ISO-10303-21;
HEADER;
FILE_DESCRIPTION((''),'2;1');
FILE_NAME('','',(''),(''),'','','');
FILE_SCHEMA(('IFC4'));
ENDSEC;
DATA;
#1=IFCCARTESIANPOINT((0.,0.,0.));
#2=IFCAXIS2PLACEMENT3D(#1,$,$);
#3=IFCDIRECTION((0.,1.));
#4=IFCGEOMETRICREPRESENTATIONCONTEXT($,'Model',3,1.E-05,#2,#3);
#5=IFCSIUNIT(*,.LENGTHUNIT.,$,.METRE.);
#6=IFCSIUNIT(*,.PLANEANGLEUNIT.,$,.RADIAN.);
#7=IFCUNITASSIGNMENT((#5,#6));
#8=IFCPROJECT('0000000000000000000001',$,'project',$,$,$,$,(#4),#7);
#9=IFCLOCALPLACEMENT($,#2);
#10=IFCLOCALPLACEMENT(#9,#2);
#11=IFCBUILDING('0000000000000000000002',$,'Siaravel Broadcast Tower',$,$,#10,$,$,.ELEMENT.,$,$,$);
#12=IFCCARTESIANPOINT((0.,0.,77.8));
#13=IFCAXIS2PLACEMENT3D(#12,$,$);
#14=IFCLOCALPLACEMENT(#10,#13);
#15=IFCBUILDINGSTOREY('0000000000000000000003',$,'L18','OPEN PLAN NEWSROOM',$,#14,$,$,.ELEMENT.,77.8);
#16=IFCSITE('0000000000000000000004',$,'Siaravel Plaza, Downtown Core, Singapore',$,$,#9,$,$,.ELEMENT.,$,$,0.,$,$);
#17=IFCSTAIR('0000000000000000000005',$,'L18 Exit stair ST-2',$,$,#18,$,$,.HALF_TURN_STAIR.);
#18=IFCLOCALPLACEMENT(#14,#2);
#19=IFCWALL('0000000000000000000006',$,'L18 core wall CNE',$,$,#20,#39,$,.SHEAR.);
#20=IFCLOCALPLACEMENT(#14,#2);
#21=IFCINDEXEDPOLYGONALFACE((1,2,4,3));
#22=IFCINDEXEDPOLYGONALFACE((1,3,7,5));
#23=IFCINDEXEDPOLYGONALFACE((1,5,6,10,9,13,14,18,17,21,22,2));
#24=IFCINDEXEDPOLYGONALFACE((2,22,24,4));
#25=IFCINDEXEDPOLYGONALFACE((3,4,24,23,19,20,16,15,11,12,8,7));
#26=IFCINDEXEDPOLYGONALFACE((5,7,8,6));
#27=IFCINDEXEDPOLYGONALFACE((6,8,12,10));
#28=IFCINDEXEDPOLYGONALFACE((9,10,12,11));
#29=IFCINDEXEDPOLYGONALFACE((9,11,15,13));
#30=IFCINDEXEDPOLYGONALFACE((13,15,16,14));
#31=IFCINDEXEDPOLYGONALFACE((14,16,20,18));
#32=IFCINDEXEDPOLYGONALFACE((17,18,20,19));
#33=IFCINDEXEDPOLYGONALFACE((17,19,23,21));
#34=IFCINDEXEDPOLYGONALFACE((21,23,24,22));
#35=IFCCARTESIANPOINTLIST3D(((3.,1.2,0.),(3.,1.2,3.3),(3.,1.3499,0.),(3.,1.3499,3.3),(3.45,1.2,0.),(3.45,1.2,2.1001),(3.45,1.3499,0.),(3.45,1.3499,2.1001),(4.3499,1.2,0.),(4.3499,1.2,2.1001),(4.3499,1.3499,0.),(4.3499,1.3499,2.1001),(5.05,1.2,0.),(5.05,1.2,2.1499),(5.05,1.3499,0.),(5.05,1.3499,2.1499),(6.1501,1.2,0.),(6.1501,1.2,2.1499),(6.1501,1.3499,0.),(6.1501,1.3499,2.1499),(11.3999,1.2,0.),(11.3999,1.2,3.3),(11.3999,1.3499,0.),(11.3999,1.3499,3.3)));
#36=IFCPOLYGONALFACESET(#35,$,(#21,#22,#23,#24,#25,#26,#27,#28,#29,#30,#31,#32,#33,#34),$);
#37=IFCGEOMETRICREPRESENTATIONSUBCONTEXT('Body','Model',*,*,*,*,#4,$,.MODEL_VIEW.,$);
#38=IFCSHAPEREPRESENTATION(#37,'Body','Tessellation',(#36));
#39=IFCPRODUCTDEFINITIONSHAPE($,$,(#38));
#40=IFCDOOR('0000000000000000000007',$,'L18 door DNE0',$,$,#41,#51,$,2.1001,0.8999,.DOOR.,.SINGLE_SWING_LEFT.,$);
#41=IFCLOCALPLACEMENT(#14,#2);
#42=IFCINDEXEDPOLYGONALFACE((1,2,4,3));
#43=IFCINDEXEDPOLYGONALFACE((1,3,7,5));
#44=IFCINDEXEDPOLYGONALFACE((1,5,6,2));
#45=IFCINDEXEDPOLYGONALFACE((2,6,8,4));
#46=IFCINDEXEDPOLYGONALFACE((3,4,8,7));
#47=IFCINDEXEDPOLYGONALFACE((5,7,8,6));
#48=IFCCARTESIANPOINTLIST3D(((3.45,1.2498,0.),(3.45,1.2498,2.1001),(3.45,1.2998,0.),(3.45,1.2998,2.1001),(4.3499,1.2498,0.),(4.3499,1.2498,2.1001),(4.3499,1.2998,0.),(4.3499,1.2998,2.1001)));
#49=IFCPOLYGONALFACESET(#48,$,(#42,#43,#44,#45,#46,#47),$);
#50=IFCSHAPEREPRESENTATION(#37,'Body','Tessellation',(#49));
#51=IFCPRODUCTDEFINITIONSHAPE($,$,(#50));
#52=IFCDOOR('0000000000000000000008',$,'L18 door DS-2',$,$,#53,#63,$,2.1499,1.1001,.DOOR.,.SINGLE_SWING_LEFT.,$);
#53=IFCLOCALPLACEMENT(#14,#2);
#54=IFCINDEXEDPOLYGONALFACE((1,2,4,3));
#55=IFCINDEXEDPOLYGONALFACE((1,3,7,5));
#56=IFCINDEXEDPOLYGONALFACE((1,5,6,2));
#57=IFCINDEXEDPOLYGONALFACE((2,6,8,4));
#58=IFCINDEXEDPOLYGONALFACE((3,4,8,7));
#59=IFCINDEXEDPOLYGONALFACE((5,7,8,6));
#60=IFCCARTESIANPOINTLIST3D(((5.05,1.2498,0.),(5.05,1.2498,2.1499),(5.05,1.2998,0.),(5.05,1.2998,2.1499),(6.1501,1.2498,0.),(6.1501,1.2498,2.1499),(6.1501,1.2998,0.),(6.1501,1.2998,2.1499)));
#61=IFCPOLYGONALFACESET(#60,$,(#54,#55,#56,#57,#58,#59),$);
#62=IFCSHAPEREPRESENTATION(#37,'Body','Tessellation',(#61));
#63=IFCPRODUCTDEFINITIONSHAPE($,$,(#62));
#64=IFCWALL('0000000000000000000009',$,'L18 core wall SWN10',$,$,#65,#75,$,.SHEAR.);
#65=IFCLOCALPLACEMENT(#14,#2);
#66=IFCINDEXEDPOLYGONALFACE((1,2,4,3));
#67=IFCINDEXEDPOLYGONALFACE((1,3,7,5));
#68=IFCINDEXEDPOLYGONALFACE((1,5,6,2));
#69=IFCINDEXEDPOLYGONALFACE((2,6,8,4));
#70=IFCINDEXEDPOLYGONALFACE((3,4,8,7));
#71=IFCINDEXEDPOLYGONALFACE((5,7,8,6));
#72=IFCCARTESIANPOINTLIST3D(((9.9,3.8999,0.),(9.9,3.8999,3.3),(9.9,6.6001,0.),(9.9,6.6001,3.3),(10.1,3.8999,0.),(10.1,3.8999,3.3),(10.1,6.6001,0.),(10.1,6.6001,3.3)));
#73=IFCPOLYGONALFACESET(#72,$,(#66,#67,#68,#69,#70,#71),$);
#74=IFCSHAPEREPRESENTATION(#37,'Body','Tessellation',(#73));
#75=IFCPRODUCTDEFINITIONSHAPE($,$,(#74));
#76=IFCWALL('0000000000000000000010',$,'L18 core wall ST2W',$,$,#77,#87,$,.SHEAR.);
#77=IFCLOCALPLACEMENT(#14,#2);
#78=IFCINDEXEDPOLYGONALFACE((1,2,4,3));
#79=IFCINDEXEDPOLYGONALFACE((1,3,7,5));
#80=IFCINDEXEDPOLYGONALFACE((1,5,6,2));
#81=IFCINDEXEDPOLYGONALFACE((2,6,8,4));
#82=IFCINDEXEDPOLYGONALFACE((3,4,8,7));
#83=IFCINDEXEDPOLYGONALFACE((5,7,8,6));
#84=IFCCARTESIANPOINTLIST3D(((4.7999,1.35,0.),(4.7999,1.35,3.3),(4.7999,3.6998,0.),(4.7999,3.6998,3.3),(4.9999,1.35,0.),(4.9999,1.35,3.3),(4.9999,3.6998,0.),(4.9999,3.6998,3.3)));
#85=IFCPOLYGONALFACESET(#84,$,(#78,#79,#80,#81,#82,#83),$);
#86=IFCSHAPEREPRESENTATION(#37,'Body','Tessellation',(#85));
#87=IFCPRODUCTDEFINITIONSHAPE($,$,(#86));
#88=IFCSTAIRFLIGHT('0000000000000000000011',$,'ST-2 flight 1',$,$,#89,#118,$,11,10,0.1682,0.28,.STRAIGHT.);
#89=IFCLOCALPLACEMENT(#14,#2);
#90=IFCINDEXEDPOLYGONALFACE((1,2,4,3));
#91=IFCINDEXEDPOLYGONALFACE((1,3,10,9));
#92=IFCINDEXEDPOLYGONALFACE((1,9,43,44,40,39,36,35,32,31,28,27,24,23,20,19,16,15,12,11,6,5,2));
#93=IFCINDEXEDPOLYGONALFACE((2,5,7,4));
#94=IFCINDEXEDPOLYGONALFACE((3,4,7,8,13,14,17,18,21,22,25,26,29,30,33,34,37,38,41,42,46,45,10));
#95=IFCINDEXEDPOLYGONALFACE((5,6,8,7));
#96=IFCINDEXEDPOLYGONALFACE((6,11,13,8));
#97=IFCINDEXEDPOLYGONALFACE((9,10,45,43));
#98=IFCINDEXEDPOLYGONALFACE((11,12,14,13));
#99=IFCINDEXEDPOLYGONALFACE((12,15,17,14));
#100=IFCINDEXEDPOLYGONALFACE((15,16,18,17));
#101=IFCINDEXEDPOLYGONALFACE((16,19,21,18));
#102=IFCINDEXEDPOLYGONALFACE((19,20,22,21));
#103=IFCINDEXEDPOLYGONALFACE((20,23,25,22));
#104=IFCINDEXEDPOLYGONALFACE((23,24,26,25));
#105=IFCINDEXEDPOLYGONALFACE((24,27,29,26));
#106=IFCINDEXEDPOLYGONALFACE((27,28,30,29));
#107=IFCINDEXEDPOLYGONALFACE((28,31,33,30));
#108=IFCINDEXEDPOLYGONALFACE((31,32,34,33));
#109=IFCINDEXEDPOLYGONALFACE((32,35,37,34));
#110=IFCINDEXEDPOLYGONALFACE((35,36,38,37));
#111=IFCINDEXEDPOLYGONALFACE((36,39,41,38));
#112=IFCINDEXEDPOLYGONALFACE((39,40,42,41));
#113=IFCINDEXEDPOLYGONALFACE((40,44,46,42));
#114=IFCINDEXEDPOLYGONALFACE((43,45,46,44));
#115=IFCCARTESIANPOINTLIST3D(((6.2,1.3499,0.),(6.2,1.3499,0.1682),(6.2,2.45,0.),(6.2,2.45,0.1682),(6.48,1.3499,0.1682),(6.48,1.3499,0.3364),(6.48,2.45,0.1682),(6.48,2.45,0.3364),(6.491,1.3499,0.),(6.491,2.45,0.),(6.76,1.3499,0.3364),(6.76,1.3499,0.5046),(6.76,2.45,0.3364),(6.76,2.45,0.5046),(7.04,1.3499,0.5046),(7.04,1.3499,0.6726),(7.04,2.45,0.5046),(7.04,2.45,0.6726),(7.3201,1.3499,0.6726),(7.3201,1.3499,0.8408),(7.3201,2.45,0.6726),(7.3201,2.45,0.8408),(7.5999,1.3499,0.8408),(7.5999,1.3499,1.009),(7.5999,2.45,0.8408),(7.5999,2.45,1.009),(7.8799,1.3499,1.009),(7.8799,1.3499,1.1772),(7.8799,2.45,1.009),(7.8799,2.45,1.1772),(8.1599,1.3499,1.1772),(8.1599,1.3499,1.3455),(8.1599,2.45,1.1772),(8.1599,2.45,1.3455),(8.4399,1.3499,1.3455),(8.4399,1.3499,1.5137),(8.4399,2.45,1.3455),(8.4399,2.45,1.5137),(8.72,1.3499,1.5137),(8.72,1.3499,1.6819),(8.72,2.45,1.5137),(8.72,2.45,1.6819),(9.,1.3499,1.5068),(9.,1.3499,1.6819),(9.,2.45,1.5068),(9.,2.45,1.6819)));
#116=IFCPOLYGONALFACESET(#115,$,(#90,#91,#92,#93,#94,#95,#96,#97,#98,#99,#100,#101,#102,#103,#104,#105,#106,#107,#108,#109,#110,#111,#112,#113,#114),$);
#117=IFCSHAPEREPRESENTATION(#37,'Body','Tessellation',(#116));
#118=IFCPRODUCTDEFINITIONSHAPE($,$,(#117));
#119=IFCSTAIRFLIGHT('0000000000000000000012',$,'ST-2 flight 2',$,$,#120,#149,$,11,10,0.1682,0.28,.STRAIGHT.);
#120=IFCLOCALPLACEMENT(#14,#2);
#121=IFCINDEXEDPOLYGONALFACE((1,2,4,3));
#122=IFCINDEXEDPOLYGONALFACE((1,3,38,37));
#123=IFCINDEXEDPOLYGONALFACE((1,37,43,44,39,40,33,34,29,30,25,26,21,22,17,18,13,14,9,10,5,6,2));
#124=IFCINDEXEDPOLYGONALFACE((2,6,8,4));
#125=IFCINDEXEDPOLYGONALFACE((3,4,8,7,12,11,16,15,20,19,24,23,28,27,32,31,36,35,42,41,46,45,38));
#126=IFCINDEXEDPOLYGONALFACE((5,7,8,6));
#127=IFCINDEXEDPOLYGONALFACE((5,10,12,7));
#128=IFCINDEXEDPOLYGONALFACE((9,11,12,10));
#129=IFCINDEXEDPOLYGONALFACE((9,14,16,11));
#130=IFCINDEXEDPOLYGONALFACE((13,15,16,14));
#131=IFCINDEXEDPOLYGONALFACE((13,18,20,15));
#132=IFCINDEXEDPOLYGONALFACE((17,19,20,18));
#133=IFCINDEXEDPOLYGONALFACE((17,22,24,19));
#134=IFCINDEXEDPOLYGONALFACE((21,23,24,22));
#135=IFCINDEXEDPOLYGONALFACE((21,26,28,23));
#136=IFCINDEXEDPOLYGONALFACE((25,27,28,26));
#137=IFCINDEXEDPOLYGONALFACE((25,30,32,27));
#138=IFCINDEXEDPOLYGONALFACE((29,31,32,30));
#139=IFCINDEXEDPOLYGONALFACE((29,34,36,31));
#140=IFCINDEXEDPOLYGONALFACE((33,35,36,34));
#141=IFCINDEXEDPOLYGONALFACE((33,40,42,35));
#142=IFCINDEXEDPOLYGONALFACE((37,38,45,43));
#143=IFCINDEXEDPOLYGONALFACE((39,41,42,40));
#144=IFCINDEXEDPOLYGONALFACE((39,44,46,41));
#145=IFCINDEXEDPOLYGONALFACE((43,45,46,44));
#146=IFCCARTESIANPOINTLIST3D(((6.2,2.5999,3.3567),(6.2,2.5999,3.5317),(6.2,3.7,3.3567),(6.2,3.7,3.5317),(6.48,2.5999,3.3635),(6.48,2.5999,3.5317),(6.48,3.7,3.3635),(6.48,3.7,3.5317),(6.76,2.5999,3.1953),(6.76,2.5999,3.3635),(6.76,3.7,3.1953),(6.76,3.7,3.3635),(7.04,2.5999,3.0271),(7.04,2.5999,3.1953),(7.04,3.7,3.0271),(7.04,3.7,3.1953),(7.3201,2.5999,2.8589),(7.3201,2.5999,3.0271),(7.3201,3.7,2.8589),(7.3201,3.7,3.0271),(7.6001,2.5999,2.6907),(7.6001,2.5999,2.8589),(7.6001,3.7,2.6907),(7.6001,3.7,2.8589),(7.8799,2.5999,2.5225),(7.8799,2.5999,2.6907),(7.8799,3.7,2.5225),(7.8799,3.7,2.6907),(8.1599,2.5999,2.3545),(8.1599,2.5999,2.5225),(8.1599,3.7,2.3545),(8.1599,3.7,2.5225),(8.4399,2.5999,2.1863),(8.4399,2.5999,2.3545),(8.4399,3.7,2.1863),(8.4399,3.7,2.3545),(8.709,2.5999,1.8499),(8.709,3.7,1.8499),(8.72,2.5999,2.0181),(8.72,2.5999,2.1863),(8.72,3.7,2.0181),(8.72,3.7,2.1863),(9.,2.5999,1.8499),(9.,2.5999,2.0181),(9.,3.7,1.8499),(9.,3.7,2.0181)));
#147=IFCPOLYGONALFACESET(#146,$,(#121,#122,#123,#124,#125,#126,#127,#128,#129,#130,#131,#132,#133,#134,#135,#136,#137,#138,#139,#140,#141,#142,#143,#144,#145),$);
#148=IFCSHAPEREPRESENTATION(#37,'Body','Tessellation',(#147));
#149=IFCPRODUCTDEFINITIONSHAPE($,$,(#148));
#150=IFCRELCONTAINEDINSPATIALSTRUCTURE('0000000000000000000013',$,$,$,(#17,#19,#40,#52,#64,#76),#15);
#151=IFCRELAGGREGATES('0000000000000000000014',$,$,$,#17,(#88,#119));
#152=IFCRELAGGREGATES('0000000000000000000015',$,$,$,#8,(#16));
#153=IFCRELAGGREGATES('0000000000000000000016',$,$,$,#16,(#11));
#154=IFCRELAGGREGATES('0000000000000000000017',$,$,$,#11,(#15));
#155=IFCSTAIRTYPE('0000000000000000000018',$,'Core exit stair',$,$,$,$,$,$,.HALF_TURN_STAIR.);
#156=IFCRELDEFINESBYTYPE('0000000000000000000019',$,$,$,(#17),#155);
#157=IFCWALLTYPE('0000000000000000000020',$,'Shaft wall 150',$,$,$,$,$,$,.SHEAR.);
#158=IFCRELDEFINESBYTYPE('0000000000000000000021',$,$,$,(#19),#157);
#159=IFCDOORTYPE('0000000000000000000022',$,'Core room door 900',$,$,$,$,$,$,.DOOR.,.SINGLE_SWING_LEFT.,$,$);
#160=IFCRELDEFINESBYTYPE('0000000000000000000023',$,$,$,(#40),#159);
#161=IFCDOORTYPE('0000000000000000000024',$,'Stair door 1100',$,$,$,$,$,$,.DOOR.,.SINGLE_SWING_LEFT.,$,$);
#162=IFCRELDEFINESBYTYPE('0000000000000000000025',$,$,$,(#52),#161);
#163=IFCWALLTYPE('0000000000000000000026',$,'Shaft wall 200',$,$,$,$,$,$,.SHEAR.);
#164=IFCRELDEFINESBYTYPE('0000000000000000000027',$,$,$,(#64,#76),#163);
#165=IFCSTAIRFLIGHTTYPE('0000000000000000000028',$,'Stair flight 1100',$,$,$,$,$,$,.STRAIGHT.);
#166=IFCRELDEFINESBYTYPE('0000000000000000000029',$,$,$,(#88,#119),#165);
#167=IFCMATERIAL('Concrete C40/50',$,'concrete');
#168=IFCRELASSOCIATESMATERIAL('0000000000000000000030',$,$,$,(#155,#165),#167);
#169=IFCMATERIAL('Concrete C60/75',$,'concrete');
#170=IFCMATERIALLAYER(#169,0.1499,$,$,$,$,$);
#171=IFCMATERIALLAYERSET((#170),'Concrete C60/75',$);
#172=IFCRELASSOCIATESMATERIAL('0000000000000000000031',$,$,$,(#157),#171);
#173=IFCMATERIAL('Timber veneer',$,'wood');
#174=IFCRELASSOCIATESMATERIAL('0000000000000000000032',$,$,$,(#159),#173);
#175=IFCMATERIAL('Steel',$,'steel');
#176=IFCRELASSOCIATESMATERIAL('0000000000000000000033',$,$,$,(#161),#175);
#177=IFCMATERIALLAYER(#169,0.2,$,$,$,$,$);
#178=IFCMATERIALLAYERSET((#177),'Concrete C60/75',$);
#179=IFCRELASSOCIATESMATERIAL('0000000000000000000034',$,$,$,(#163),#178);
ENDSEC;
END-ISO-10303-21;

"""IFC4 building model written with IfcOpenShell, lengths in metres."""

from ifc_helpers import new_model, si_unit, direction, frame, frame_2d, origin, place, context, subcontext, project, spatial, polyline, rectangle, outline, extrude, material, layer, layer_set, type_object, element, fill, aggregate, save


model = new_model("IFC4")

# Units and contexts
model_context = context("Model", 3, precision=1e-05, world=origin(), true_north=direction((0.0, 1.0)))
body_context = subcontext(model_context, "Body", "Model", "MODEL_VIEW")
ifc_project = project(units=[si_unit("LENGTHUNIT", "METRE"), si_unit("PLANEANGLEUNIT", "RADIAN")], contexts=[model_context])

# Site, building, storey
site_placement = place(None, origin())
site = spatial("IfcSite", under=ifc_project, at=site_placement, Name="Siaravel Plaza, Downtown Core, Singapore", CompositionType="ELEMENT", RefElevation=0.0)
building_placement = place(site_placement, origin())
building = spatial("IfcBuilding", under=site, at=building_placement, Name="Siaravel Broadcast Tower", CompositionType="ELEMENT")
storey_placement = place(building_placement, frame((0.0, 0.0, 77.8)))
storey = spatial("IfcBuildingStorey", under=building, at=storey_placement, Name="L18", Description="OPEN PLAN NEWSROOM", CompositionType="ELEMENT", Elevation=77.8)

# Shared definitions
ifc_material_1 = material(Name="Concrete C40/50", Category="concrete")

# Stair
stair_type = type_object("IfcStairType", Name="Core exit stair", PredefinedType="HALF_TURN_STAIR", material=ifc_material_1)
stair_1_placement = place(storey_placement, origin())
stair_1 = element("IfcStair", 1, at=stair_1_placement, inside=storey, type_object=stair_type, Name="L18 Exit stair ST-2", PredefinedType="HALF_TURN_STAIR")

# Shared definitions
ifc_material_2 = material(Name="Timber veneer", Category="wood")

# Wall, openings, doors
ifc_material_3 = material(Name="Concrete C60/75", Category="concrete")
ifc_layer_1 = layer(ifc_material_3, 0.1499)
ifc_layer_set_1 = layer_set([ifc_layer_1], Name="Concrete C60/75")
wall_type_1 = type_object("IfcWallType", Name="Shaft wall 150", PredefinedType="SHEAR", material=ifc_layer_set_1)
wall_1_placement = place(storey_placement, frame((3.0, 1.2749, 0.0), z_axis=(0.0, 0.0, 1.0), x_axis=(1.0, 0.0, 0.0)))
wall_1 = element("IfcWall", 2, at=wall_1_placement, inside=storey, type_object=wall_type_1, Name="L18 core wall CNE", PredefinedType="SHEAR", context=body_context, shape_type="SweptSolid", body=[
    extrude(rectangle(XDim=8.3999, YDim=0.1499, at=frame_2d((4.2, 0.0))), origin(), (0.0, 0.0, 1.0), 3.3),
])
opening_1_placement = place(wall_1_placement, frame((2.05, 0.0, 0.0)))
opening_1 = element("IfcOpeningElement", 3, at=opening_1_placement, cuts=wall_1, PredefinedType="OPENING", context=body_context, shape_type="SweptSolid", body=[
    extrude(rectangle(XDim=1.1001, YDim=2.1499, at=frame_2d((0.55, 1.075))), frame((0.0, 0.085, 0.0), z_axis=(0.0, -1.0, 0.0), x_axis=(1.0, 0.0, 0.0)), (0.0, 0.0, 1.0), 0.1699),
])
opening_2_placement = place(wall_1_placement, frame((0.45, 0.0, 0.0)))
opening_2 = element("IfcOpeningElement", 4, at=opening_2_placement, cuts=wall_1, PredefinedType="OPENING", context=body_context, shape_type="SweptSolid", body=[
    extrude(rectangle(XDim=0.8999, YDim=2.1001, at=frame_2d((0.45, 1.05))), frame((0.0, 0.085, 0.0), z_axis=(0.0, -1.0, 0.0), x_axis=(1.0, 0.0, 0.0)), (0.0, 0.0, 1.0), 0.1699),
])
door_type_1 = type_object("IfcDoorType", Name="Core room door 900", OperationType="SINGLE_SWING_LEFT", PredefinedType="DOOR", material=ifc_material_2)
door_1_placement = place(opening_2_placement, origin())
door_1 = element("IfcDoor", 5, at=door_1_placement, inside=storey, type_object=door_type_1, Name="L18 door DNE0", OperationType="SINGLE_SWING_LEFT", OverallHeight=2.1001, OverallWidth=0.8999, PredefinedType="DOOR", context=body_context, shape_type="SweptSolid", body=[
    extrude(rectangle(XDim=0.8999, YDim=2.1001, at=frame_2d((0.45, 1.05))), frame((0.0, 0.0249, 0.0), z_axis=(0.0, -1.0, 0.0), x_axis=(1.0, 0.0, 0.0)), (0.0, 0.0, 1.0), 0.05),
])
fill(opening_2, door_1)
ifc_material_4 = material(Name="Steel", Category="steel")
door_type_2 = type_object("IfcDoorType", Name="Stair door 1100", OperationType="SINGLE_SWING_LEFT", PredefinedType="DOOR", material=ifc_material_4)
door_2_placement = place(opening_1_placement, origin())
door_2 = element("IfcDoor", 6, at=door_2_placement, inside=storey, type_object=door_type_2, Name="L18 door DS-2", OperationType="SINGLE_SWING_LEFT", OverallHeight=2.1499, OverallWidth=1.1001, PredefinedType="DOOR", context=body_context, shape_type="SweptSolid", body=[
    extrude(rectangle(XDim=1.1001, YDim=2.1499, at=frame_2d((0.55, 1.075))), frame((0.0, 0.0249, 0.0), z_axis=(0.0, -1.0, 0.0), x_axis=(1.0, 0.0, 0.0)), (0.0, 0.0, 1.0), 0.05),
])
fill(opening_1, door_2)

# Walls
ifc_layer_2 = layer(ifc_material_3, 0.2)
ifc_layer_set_2 = layer_set([ifc_layer_2], Name="Concrete C60/75")
wall_type_2 = type_object("IfcWallType", Name="Shaft wall 200", PredefinedType="SHEAR", material=ifc_layer_set_2)
wall_2_placement = place(storey_placement, frame((10.0, 3.8999, 0.0), z_axis=(0.0, 0.0, 1.0), x_axis=(0.0, 1.0, 0.0)))
element("IfcWall", 7, at=wall_2_placement, inside=storey, type_object=wall_type_2, Name="L18 core wall SWN10", PredefinedType="SHEAR", context=body_context, shape_type="SweptSolid", body=[
    extrude(rectangle(XDim=2.7002, YDim=0.2, at=frame_2d((1.3501, 0.0))), origin(), (0.0, 0.0, 1.0), 3.3),
])
wall_3_placement = place(storey_placement, frame((4.8999, 1.3501, 0.0), z_axis=(0.0, 0.0, 1.0), x_axis=(0.0, 1.0, 0.0)))
element("IfcWall", 8, at=wall_3_placement, inside=storey, type_object=wall_type_2, Name="L18 core wall ST2W", PredefinedType="SHEAR", context=body_context, shape_type="SweptSolid", body=[
    extrude(rectangle(XDim=2.3499, YDim=0.2, at=frame_2d((1.1748, 0.0))), origin(), (0.0, 0.0, 1.0), 3.3),
])

# Stair flights
stair_flight_type = type_object("IfcStairFlightType", Name="Stair flight 1100", PredefinedType="STRAIGHT", material=ifc_material_1)
stair_flight_1_placement = place(storey_placement, frame((6.2, 1.8999, 0.0), z_axis=(0.0, 0.0, 1.0), x_axis=(1.0, 0.0, 0.0)))
stair_flight_1 = element("IfcStairFlight", 9, at=stair_flight_1_placement, type_object=stair_flight_type, Name="ST-2 flight 1", NumberOfRisers=11, NumberOfTreads=10, PredefinedType="STRAIGHT", RiserHeight=0.1682, TreadLength=0.28, context=body_context, shape_type="SweptSolid", body=[
    extrude(outline(polyline([(0.0, 0.0), (0.0, 0.1682), (0.28, 0.1682), (0.28, 0.3364), (0.5601, 0.3364), (0.5601, 0.5046), (0.8401, 0.5046), (0.8401, 0.6726), (1.1201, 0.6726), (1.1201, 0.8408), (1.3999, 0.8408), (1.3999, 1.009), (1.6799, 1.009), (1.6799, 1.1772), (1.96, 1.1772), (1.96, 1.3455), (2.24, 1.3455), (2.24, 1.5137), (2.52, 1.5137), (2.52, 1.6819), (2.8, 1.6819), (2.8, 1.8501), (2.8, 1.5068), (0.291, 0.0), (0.0, 0.0)])), frame((0.0, 0.55, 0.0), z_axis=(0.0, -1.0, 0.0), x_axis=(1.0, 0.0, 0.0)), (0.0, 0.0, 1.0), 1.1001),
])
stair_flight_2_placement = place(storey_placement, frame((9.0, 3.1499, 1.8499), z_axis=(0.0, 0.0, 1.0), x_axis=(-1.0, 0.0, 0.0)))
stair_flight_2 = element("IfcStairFlight", 10, at=stair_flight_2_placement, type_object=stair_flight_type, Name="ST-2 flight 2", NumberOfRisers=11, NumberOfTreads=10, PredefinedType="STRAIGHT", RiserHeight=0.1682, TreadLength=0.28, context=body_context, shape_type="SweptSolid", body=[
    extrude(outline(polyline([(0.0, 0.0), (0.0, 0.1682), (0.28, 0.1682), (0.28, 0.3364), (0.5601, 0.3364), (0.5601, 0.5046), (0.8401, 0.5046), (0.8401, 0.6726), (1.1201, 0.6726), (1.1201, 0.8408), (1.3999, 0.8408), (1.3999, 1.009), (1.6799, 1.009), (1.6799, 1.1772), (1.96, 1.1772), (1.96, 1.3455), (2.24, 1.3455), (2.24, 1.5137), (2.52, 1.5137), (2.52, 1.6819), (2.8, 1.6819), (2.8, 1.8501), (2.8, 1.5068), (0.291, 0.0), (0.0, 0.0)])), frame((0.0, 0.55, 0.0), z_axis=(0.0, -1.0, 0.0), x_axis=(1.0, 0.0, 0.0)), (0.0, 0.0, 1.0), 1.1001),
])
aggregate(stair_1, [stair_flight_1, stair_flight_2])

save(model, "model.ifc")
